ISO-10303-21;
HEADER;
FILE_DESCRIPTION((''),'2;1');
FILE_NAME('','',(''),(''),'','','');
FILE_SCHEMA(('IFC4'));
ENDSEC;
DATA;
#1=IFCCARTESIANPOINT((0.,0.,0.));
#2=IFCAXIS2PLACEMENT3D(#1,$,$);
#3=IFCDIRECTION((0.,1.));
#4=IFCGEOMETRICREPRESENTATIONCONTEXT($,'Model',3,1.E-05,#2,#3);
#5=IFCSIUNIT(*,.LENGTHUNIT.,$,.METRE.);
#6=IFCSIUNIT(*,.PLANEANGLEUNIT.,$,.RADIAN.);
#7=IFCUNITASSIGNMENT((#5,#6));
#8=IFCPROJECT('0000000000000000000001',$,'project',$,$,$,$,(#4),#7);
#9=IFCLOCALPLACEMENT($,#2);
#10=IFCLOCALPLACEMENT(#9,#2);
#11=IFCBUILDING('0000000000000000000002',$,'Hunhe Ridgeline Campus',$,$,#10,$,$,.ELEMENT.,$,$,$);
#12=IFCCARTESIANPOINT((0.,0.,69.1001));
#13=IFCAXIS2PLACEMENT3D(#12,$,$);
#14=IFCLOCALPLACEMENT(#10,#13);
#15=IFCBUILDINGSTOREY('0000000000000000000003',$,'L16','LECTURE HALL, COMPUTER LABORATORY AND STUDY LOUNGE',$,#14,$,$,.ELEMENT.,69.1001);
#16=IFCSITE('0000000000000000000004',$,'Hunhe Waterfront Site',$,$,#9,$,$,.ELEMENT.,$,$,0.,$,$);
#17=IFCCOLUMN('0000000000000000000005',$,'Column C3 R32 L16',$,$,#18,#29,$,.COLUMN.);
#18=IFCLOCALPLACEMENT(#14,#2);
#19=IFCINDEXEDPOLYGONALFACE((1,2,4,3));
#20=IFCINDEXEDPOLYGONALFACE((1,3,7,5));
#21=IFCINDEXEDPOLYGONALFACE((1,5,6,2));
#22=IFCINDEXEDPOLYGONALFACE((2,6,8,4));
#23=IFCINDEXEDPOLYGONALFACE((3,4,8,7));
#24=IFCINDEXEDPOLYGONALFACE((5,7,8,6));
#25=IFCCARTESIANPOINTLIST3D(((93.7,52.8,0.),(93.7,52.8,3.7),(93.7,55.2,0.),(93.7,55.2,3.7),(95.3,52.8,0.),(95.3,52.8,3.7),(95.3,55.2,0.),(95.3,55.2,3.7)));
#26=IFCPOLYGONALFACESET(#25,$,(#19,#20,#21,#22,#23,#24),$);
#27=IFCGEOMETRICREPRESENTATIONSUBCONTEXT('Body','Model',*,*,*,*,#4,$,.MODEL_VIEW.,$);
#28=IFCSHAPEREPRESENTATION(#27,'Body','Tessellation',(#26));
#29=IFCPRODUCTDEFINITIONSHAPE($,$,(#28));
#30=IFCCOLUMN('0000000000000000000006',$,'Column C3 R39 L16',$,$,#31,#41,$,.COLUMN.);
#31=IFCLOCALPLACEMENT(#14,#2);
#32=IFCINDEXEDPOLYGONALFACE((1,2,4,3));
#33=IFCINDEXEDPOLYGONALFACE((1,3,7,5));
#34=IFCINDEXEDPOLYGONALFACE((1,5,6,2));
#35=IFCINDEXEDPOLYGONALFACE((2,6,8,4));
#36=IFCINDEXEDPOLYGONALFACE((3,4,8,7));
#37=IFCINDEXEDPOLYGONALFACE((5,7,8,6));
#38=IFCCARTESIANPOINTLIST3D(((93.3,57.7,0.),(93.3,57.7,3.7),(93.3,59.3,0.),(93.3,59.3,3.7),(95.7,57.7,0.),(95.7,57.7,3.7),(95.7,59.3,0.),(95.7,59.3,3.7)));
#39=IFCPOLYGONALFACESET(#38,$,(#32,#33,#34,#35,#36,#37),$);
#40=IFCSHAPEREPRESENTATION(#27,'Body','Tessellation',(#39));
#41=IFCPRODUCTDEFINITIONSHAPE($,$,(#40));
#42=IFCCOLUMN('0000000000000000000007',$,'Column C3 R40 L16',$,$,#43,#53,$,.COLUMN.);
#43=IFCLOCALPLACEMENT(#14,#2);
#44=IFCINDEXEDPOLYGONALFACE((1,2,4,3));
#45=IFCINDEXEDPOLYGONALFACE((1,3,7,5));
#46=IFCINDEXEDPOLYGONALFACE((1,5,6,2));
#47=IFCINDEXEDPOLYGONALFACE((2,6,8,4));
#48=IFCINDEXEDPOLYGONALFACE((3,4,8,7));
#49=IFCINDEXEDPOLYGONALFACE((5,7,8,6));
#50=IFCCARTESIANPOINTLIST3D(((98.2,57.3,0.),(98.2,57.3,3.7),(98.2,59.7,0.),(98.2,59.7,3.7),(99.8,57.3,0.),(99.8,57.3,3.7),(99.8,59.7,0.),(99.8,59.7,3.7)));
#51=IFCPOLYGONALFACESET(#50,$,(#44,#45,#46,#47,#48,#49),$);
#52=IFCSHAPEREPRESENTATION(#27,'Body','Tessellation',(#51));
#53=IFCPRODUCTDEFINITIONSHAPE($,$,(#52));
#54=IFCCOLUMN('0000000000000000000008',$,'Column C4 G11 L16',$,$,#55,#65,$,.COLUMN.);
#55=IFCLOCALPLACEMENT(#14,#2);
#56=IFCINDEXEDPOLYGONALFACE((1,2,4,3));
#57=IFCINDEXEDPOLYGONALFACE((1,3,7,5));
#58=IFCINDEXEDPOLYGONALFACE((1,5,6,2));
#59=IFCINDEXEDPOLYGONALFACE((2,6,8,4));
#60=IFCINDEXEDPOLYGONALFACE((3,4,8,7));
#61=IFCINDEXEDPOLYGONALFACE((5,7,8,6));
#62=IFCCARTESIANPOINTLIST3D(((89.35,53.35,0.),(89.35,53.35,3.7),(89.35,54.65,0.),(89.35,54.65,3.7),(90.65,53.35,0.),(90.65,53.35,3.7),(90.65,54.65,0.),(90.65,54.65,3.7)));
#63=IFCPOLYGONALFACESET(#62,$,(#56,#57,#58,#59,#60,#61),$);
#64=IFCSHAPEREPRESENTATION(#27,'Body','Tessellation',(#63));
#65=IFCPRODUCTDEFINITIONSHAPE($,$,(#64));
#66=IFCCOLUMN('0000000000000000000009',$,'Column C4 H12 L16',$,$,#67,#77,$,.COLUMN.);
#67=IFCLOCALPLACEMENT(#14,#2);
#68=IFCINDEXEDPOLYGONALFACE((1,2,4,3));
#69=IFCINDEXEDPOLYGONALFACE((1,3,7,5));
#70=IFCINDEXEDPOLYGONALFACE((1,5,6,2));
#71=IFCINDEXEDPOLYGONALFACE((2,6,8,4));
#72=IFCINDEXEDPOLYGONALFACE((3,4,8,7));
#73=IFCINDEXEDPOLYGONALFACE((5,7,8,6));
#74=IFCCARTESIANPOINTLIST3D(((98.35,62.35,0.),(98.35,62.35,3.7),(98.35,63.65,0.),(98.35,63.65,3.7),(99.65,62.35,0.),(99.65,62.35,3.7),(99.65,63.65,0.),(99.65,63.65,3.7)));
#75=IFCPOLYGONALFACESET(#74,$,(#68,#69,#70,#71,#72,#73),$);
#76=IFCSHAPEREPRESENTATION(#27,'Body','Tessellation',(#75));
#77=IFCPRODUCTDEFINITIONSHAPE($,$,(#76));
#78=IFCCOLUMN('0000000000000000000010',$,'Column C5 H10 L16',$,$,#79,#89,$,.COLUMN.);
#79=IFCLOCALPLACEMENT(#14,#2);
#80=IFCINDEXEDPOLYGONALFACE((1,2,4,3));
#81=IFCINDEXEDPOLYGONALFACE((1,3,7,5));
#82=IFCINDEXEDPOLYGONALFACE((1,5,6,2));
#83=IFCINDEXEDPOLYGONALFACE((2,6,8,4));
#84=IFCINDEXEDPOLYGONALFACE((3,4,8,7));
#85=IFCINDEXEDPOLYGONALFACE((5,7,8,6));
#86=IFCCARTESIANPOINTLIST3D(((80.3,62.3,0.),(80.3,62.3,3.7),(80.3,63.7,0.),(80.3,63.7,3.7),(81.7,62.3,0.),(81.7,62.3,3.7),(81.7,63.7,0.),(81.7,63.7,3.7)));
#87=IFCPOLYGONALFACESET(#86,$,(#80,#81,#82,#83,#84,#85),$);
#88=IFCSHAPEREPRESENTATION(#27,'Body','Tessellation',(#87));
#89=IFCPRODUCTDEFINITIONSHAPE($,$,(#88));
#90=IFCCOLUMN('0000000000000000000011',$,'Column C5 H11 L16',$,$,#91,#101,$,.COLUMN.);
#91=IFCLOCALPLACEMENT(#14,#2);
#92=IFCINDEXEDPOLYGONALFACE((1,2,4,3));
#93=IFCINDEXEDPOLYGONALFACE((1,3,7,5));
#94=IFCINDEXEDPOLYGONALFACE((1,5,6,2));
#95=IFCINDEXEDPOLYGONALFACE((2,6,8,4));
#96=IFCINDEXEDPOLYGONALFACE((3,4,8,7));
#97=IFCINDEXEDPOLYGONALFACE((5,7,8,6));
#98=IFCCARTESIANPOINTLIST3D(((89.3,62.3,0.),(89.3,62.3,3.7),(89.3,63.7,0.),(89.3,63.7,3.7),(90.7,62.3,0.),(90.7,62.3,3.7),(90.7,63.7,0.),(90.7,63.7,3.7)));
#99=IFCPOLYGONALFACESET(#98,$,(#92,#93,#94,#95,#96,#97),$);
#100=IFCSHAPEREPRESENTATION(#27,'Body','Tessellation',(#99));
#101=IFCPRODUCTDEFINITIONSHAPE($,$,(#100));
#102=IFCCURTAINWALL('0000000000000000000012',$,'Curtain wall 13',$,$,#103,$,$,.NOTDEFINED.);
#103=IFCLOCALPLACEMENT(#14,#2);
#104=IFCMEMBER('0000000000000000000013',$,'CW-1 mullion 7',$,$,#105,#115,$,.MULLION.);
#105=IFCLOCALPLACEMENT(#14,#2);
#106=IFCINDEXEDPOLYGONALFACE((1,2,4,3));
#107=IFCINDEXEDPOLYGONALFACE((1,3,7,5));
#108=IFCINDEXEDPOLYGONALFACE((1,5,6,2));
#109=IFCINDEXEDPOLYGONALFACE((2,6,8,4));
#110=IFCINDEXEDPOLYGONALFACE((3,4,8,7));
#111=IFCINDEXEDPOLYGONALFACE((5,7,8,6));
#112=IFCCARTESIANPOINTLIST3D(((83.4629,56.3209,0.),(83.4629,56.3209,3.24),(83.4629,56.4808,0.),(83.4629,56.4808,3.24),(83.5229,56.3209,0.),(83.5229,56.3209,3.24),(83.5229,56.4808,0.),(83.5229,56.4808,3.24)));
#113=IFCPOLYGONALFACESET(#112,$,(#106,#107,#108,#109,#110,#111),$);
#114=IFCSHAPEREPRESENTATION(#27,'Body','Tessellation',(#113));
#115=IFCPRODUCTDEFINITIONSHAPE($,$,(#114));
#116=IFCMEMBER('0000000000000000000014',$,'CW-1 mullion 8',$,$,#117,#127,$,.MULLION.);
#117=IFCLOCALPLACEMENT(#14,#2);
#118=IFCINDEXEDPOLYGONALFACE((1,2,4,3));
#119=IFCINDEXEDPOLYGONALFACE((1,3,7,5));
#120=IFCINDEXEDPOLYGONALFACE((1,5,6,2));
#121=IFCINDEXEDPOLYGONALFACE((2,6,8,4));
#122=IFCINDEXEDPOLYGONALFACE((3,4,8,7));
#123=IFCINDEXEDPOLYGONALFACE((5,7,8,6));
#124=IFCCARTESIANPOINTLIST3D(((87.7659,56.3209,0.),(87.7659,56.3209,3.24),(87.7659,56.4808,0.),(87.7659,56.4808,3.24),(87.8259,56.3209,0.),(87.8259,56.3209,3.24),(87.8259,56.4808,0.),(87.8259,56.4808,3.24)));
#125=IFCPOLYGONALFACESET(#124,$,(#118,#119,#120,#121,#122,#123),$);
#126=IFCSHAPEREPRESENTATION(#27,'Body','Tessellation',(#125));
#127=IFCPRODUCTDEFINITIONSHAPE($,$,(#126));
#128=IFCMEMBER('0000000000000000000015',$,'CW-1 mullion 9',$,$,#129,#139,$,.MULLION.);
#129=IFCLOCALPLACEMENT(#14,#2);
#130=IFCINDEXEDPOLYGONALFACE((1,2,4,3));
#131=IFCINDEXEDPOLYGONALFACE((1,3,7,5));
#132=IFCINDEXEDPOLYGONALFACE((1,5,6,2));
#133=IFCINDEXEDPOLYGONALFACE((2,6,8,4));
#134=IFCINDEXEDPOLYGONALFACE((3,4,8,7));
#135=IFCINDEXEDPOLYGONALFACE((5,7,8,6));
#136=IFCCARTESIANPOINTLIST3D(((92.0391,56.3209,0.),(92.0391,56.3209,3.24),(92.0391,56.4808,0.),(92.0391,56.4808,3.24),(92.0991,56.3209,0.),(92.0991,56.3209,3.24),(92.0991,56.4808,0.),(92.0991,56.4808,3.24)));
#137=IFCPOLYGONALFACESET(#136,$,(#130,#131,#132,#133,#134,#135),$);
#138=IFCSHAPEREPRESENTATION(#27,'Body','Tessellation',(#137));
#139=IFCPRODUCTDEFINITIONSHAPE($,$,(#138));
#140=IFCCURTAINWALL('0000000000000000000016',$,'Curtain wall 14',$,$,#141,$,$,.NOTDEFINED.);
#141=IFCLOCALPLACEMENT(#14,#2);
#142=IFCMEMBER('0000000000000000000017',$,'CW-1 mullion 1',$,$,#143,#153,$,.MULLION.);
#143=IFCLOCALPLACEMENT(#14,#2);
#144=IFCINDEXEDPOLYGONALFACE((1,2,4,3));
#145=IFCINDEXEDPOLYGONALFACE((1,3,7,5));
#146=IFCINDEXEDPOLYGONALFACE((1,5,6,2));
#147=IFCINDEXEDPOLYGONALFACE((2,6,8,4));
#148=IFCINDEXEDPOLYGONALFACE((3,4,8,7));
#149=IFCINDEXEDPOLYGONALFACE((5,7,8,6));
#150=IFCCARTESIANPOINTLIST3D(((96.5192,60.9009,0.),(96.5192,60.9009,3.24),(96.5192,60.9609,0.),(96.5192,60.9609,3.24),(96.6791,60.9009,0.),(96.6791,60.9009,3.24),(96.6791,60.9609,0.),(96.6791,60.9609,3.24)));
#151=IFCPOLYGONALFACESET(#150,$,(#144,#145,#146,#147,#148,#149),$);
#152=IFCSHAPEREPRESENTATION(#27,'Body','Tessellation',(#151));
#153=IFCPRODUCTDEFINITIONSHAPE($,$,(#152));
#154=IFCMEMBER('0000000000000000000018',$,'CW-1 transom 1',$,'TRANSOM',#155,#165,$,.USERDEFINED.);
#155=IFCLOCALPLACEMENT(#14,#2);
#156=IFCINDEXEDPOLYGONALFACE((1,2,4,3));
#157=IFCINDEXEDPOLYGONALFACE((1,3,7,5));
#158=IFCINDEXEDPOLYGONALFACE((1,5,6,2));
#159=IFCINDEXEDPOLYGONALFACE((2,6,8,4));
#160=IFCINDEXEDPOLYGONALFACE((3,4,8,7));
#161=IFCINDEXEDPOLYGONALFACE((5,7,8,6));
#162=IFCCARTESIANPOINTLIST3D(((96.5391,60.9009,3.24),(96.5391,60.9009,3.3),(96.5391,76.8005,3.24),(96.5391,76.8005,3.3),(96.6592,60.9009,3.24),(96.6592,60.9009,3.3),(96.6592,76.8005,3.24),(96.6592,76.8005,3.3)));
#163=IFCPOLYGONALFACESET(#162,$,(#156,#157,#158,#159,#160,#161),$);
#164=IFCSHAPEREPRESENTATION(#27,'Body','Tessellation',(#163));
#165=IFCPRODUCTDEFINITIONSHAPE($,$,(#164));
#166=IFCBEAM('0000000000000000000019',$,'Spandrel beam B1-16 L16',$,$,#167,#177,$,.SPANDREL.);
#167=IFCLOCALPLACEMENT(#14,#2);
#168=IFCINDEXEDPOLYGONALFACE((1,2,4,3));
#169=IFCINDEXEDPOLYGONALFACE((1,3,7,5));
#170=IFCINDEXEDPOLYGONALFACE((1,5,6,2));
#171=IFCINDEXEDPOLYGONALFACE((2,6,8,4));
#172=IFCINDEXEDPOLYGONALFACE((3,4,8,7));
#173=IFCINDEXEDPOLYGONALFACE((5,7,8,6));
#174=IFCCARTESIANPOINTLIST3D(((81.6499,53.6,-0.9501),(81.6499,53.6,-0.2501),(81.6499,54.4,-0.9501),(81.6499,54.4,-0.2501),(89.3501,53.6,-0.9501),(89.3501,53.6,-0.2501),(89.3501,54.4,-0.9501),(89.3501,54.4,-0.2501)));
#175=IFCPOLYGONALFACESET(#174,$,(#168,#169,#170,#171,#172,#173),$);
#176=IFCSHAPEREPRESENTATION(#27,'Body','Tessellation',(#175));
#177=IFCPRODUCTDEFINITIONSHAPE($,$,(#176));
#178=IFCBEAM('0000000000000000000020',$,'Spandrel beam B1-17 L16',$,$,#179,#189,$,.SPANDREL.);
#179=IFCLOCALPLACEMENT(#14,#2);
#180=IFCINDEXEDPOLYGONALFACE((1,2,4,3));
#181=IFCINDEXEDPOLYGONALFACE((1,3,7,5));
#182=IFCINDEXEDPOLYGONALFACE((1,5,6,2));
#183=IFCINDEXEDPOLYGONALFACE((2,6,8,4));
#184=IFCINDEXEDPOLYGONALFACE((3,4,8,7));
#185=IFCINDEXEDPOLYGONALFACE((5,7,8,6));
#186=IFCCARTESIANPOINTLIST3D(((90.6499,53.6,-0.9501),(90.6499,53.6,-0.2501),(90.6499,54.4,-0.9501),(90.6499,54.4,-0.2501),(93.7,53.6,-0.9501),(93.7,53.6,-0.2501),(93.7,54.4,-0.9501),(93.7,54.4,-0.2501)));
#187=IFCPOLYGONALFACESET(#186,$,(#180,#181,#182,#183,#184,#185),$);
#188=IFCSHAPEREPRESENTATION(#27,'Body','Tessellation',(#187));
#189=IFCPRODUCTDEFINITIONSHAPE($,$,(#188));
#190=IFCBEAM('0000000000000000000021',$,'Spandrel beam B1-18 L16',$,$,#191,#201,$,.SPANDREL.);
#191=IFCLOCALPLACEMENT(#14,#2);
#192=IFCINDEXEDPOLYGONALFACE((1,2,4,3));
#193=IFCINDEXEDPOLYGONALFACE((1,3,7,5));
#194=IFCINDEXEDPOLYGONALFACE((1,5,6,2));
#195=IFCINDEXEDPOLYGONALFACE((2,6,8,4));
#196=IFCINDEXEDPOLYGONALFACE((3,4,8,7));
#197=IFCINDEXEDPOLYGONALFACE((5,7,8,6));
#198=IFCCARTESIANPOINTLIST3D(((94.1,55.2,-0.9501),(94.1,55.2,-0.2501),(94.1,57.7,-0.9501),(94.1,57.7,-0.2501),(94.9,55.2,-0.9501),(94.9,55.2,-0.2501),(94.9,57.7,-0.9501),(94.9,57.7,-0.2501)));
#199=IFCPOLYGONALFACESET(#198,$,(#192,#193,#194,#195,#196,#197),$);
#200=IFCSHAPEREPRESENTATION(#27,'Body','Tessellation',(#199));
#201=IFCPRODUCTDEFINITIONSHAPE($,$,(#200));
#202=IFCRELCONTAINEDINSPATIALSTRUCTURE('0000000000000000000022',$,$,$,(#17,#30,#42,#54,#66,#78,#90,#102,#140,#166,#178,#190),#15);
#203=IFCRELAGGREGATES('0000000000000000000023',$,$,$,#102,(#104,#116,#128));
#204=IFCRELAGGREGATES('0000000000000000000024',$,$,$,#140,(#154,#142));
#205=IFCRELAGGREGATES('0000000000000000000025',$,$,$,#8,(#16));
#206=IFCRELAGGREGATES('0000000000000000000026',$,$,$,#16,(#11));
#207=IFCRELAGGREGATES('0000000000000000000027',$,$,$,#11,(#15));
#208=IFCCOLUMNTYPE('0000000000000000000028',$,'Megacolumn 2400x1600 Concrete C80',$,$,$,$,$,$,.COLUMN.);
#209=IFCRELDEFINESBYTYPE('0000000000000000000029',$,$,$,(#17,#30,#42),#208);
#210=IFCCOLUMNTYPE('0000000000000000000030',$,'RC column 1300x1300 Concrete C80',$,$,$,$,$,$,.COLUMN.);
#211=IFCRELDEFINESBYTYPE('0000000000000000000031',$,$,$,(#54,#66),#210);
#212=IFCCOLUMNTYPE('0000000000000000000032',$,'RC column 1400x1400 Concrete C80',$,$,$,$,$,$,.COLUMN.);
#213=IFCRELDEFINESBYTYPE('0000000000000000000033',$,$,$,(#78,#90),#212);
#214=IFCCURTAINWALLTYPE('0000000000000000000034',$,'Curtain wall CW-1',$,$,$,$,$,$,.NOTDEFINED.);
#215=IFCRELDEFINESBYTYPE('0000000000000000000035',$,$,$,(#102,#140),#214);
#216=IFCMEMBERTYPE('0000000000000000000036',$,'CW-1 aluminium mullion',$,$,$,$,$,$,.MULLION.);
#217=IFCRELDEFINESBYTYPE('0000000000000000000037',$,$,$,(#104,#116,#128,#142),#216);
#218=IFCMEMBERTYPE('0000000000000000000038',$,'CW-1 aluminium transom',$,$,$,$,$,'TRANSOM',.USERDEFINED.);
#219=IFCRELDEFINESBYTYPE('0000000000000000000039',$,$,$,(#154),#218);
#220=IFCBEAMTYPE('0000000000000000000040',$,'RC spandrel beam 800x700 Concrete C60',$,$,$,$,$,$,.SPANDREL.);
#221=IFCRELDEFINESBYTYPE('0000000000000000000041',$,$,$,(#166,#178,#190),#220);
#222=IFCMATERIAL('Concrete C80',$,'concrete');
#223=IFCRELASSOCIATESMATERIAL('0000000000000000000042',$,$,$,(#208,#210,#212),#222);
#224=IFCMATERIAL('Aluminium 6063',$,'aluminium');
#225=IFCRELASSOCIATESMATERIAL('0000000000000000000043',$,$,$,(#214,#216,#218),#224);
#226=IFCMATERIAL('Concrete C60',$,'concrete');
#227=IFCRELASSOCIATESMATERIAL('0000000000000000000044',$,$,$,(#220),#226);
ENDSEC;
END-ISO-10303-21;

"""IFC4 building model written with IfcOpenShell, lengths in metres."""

from ifc_helpers import new_model, si_unit, direction, frame, origin, origin_2d, place, context, subcontext, project, spatial, rectangle, extrude, material, material_profile, profile_set, type_object, element, aggregate, save


model = new_model("IFC4")

# Units and contexts
model_context = context("Model", 3, precision=1e-05, world=origin(), true_north=direction((0.0, 1.0)))
body_context = subcontext(model_context, "Body", "Model", "MODEL_VIEW")
ifc_project = project(units=[si_unit("LENGTHUNIT", "METRE"), si_unit("PLANEANGLEUNIT", "RADIAN")], contexts=[model_context])

# Site, building, storey
site_placement = place(None, origin())
site = spatial("IfcSite", under=ifc_project, at=site_placement, Name="Hunhe Waterfront Site", CompositionType="ELEMENT", RefElevation=0.0)
building_placement = place(site_placement, origin())
building = spatial("IfcBuilding", under=site, at=building_placement, Name="Hunhe Ridgeline Campus", CompositionType="ELEMENT")
storey_placement = place(building_placement, frame((0.0, 0.0, 69.1001)))
storey = spatial("IfcBuildingStorey", under=building, at=storey_placement, Name="L16", Description="LECTURE HALL, COMPUTER LABORATORY AND STUDY LOUNGE", CompositionType="ELEMENT", Elevation=69.1001)

# Columns
ifc_material_1 = material(Name="Concrete C80", Category="concrete")
ifc_material_profile_1 = material_profile(ifc_material_1, rectangle(XDim=2.3999, YDim=1.6001, at=origin_2d()))
ifc_profile_set_1 = profile_set([ifc_material_profile_1], Name="Concrete C80")
column_type_1 = type_object("IfcColumnType", Name="Megacolumn 2400x1600 Concrete C80", PredefinedType="COLUMN", material=ifc_profile_set_1)
for number, where, z_axis, x_axis, name in (
    (1, (94.5, 54.0, 0.0), (0.0, 0.0, 1.0), (0.0, 1.0, 0.0), "Column C3 R32 L16"),
    (2, (94.5, 58.5, 0.0), (0.0, 0.0, 1.0), (1.0, 0.0, 0.0), "Column C3 R39 L16"),
    (3, (99.0, 58.5, 0.0), (0.0, 0.0, 1.0), (0.0, 1.0, 0.0), "Column C3 R40 L16"),
):
    element("IfcColumn", number, at=place(storey_placement, frame(where, z_axis=z_axis, x_axis=x_axis)), inside=storey, type_object=column_type_1, Name=name, PredefinedType="COLUMN", context=body_context, shape_type="SweptSolid", body=[
        extrude(rectangle(XDim=2.3999, YDim=1.6001, at=origin_2d()), origin(), (0.0, 0.0, 1.0), 3.7),
    ])
ifc_material_profile_2 = material_profile(ifc_material_1, rectangle(XDim=1.3, YDim=1.3, at=origin_2d()))
ifc_profile_set_2 = profile_set([ifc_material_profile_2], Name="Concrete C80")
column_type_2 = type_object("IfcColumnType", Name="RC column 1300x1300 Concrete C80", PredefinedType="COLUMN", material=ifc_profile_set_2)
for number, where, z_axis, x_axis, name in (
    (4, (90.0, 54.0, 0.0), (0.0, 0.0, 1.0), (1.0, 0.0, 0.0), "Column C4 G11 L16"),
    (5, (99.0, 63.0, 0.0), (0.0, 0.0, 1.0), (1.0, 0.0, 0.0), "Column C4 H12 L16"),
):
    element("IfcColumn", number, at=place(storey_placement, frame(where, z_axis=z_axis, x_axis=x_axis)), inside=storey, type_object=column_type_2, Name=name, PredefinedType="COLUMN", context=body_context, shape_type="SweptSolid", body=[
        extrude(rectangle(XDim=1.3, YDim=1.3, at=origin_2d()), origin(), (0.0, 0.0, 1.0), 3.7),
    ])
ifc_material_profile_3 = material_profile(ifc_material_1, rectangle(XDim=1.3999, YDim=1.3999, at=origin_2d()))
ifc_profile_set_3 = profile_set([ifc_material_profile_3], Name="Concrete C80")
column_type_3 = type_object("IfcColumnType", Name="RC column 1400x1400 Concrete C80", PredefinedType="COLUMN", material=ifc_profile_set_3)
for number, where, z_axis, x_axis, name in (
    (6, (81.0, 63.0, 0.0), (0.0, 0.0, 1.0), (1.0, 0.0, 0.0), "Column C5 H10 L16"),
    (7, (90.0, 63.0, 0.0), (0.0, 0.0, 1.0), (1.0, 0.0, 0.0), "Column C5 H11 L16"),
):
    element("IfcColumn", number, at=place(storey_placement, frame(where, z_axis=z_axis, x_axis=x_axis)), inside=storey, type_object=column_type_3, Name=name, PredefinedType="COLUMN", context=body_context, shape_type="SweptSolid", body=[
        extrude(rectangle(XDim=1.3999, YDim=1.3999, at=origin_2d()), origin(), (0.0, 0.0, 1.0), 3.7),
    ])

# Curtain walls, members
ifc_material_2 = material(Name="Aluminium 6063", Category="aluminium")
curtain_wall_type = type_object("IfcCurtainWallType", Name="Curtain wall CW-1", PredefinedType="NOTDEFINED", material=ifc_material_2)
curtain_wall_1_placement = place(storey_placement, origin())
curtain_wall_1 = element("IfcCurtainWall", 8, at=curtain_wall_1_placement, inside=storey, type_object=curtain_wall_type, Name="Curtain wall 13", PredefinedType="NOTDEFINED")
ifc_material_profile_4 = material_profile(ifc_material_2, rectangle(XDim=0.1599, YDim=0.0601, at=origin_2d()))
ifc_profile_set_4 = profile_set([ifc_material_profile_4], Name="Aluminium 6063")
member_type_1 = type_object("IfcMemberType", Name="CW-1 aluminium mullion", PredefinedType="MULLION", material=ifc_profile_set_4)
member_1_placement = place(storey_placement, frame((83.4929, 56.4009, 0.0), z_axis=(0.0, 0.0, 1.0), x_axis=(-0.000004, 1.0, 0.0)))
member_1 = element("IfcMember", 9, at=member_1_placement, type_object=member_type_1, Name="CW-1 mullion 7", PredefinedType="MULLION", context=body_context, shape_type="SweptSolid", body=[
    extrude(rectangle(XDim=0.1599, YDim=0.0601, at=origin_2d()), origin(), (0.0, 0.0, 1.0), 3.24),
])
member_2_placement = place(storey_placement, frame((87.7959, 56.4009, 0.0), z_axis=(0.0, 0.0, 1.0), x_axis=(-0.000004, 1.0, 0.0)))
member_2 = element("IfcMember", 10, at=member_2_placement, type_object=member_type_1, Name="CW-1 mullion 8", PredefinedType="MULLION", context=body_context, shape_type="SweptSolid", body=[
    extrude(rectangle(XDim=0.1599, YDim=0.0601, at=origin_2d()), origin(), (0.0, 0.0, 1.0), 3.24),
])
member_3_placement = place(storey_placement, frame((92.0691, 56.4009, 0.0), z_axis=(0.0, 0.0, 1.0), x_axis=(-0.000004, 1.0, 0.0)))
member_3 = element("IfcMember", 11, at=member_3_placement, type_object=member_type_1, Name="CW-1 mullion 9", PredefinedType="MULLION", context=body_context, shape_type="SweptSolid", body=[
    extrude(rectangle(XDim=0.1599, YDim=0.0601, at=origin_2d()), origin(), (0.0, 0.0, 1.0), 3.24),
])
curtain_wall_2_placement = place(storey_placement, origin())
curtain_wall_2 = element("IfcCurtainWall", 12, at=curtain_wall_2_placement, inside=storey, type_object=curtain_wall_type, Name="Curtain wall 14", PredefinedType="NOTDEFINED")
member_4_placement = place(storey_placement, frame((96.5991, 60.9309, 0.0), z_axis=(0.0, 0.0, 1.0), x_axis=(-1.0, 0.0, 0.0)))
member_4 = element("IfcMember", 13, at=member_4_placement, type_object=member_type_1, Name="CW-1 mullion 1", PredefinedType="MULLION", context=body_context, shape_type="SweptSolid", body=[
    extrude(rectangle(XDim=0.1599, YDim=0.0601, at=origin_2d()), origin(), (0.0, 0.0, 1.0), 3.24),
])
ifc_material_profile_5 = material_profile(ifc_material_2, rectangle(XDim=0.1201, YDim=0.0601, at=origin_2d()))
ifc_profile_set_5 = profile_set([ifc_material_profile_5], Name="Aluminium 6063")
member_type_2 = type_object("IfcMemberType", Name="CW-1 aluminium transom", ElementType="TRANSOM", PredefinedType="USERDEFINED", material=ifc_profile_set_5)
member_5_placement = place(storey_placement, frame((96.5991, 60.9009, 3.27), z_axis=(0.0, 1.0, 0.0), x_axis=(-1.0, 0.0, 0.0)))
member_5 = element("IfcMember", 14, at=member_5_placement, type_object=member_type_2, Name="CW-1 transom 1", ObjectType="TRANSOM", PredefinedType="USERDEFINED", context=body_context, shape_type="SweptSolid", body=[
    extrude(rectangle(XDim=0.1201, YDim=0.0601, at=origin_2d()), origin(), (0.0, 0.0, 1.0), 15.8997),
])

# Beams
ifc_material_3 = material(Name="Concrete C60", Category="concrete")
ifc_material_profile_6 = material_profile(ifc_material_3, rectangle(XDim=0.8, YDim=0.7, at=origin_2d()))
ifc_profile_set_6 = profile_set([ifc_material_profile_6], Name="Concrete C60")
beam_type = type_object("IfcBeamType", Name="RC spandrel beam 800x700 Concrete C60", PredefinedType="SPANDREL", material=ifc_profile_set_6)
beam_1_placement = place(storey_placement, frame((81.6499, 54.0, -0.6001), z_axis=(1.0, 0.0, 0.0), x_axis=(0.0, 1.0, 0.0)))
element("IfcBeam", 15, at=beam_1_placement, inside=storey, type_object=beam_type, Name="Spandrel beam B1-16 L16", PredefinedType="SPANDREL", context=body_context, shape_type="SweptSolid", body=[
    extrude(rectangle(XDim=0.8, YDim=0.7, at=origin_2d()), origin(), (0.0, 0.0, 1.0), 7.7002),
])
beam_2_placement = place(storey_placement, frame((90.6499, 54.0, -0.6001), z_axis=(1.0, 0.0, 0.0), x_axis=(0.0, 1.0, 0.0)))
element("IfcBeam", 16, at=beam_2_placement, inside=storey, type_object=beam_type, Name="Spandrel beam B1-17 L16", PredefinedType="SPANDREL", context=body_context, shape_type="SweptSolid", body=[
    extrude(rectangle(XDim=0.8, YDim=0.7, at=origin_2d()), origin(), (0.0, 0.0, 1.0), 3.05),
])
for number, where, z_axis, x_axis, name in (
    (17, (94.5, 55.2, -0.6001), (0.0, 1.0, 0.0), (-1.0, 0.0, 0.0), "Spandrel beam B1-18 L16"),
):
    element("IfcBeam", number, at=place(storey_placement, frame(where, z_axis=z_axis, x_axis=x_axis)), inside=storey, type_object=beam_type, Name=name, PredefinedType="SPANDREL", context=body_context, shape_type="SweptSolid", body=[
        extrude(rectangle(XDim=0.8, YDim=0.7, at=origin_2d()), origin(), (0.0, 0.0, 1.0), 2.5),
    ])

aggregate(curtain_wall_1, [member_1, member_2, member_3])
aggregate(curtain_wall_2, [member_5, member_4])

save(model, "model.ifc")
